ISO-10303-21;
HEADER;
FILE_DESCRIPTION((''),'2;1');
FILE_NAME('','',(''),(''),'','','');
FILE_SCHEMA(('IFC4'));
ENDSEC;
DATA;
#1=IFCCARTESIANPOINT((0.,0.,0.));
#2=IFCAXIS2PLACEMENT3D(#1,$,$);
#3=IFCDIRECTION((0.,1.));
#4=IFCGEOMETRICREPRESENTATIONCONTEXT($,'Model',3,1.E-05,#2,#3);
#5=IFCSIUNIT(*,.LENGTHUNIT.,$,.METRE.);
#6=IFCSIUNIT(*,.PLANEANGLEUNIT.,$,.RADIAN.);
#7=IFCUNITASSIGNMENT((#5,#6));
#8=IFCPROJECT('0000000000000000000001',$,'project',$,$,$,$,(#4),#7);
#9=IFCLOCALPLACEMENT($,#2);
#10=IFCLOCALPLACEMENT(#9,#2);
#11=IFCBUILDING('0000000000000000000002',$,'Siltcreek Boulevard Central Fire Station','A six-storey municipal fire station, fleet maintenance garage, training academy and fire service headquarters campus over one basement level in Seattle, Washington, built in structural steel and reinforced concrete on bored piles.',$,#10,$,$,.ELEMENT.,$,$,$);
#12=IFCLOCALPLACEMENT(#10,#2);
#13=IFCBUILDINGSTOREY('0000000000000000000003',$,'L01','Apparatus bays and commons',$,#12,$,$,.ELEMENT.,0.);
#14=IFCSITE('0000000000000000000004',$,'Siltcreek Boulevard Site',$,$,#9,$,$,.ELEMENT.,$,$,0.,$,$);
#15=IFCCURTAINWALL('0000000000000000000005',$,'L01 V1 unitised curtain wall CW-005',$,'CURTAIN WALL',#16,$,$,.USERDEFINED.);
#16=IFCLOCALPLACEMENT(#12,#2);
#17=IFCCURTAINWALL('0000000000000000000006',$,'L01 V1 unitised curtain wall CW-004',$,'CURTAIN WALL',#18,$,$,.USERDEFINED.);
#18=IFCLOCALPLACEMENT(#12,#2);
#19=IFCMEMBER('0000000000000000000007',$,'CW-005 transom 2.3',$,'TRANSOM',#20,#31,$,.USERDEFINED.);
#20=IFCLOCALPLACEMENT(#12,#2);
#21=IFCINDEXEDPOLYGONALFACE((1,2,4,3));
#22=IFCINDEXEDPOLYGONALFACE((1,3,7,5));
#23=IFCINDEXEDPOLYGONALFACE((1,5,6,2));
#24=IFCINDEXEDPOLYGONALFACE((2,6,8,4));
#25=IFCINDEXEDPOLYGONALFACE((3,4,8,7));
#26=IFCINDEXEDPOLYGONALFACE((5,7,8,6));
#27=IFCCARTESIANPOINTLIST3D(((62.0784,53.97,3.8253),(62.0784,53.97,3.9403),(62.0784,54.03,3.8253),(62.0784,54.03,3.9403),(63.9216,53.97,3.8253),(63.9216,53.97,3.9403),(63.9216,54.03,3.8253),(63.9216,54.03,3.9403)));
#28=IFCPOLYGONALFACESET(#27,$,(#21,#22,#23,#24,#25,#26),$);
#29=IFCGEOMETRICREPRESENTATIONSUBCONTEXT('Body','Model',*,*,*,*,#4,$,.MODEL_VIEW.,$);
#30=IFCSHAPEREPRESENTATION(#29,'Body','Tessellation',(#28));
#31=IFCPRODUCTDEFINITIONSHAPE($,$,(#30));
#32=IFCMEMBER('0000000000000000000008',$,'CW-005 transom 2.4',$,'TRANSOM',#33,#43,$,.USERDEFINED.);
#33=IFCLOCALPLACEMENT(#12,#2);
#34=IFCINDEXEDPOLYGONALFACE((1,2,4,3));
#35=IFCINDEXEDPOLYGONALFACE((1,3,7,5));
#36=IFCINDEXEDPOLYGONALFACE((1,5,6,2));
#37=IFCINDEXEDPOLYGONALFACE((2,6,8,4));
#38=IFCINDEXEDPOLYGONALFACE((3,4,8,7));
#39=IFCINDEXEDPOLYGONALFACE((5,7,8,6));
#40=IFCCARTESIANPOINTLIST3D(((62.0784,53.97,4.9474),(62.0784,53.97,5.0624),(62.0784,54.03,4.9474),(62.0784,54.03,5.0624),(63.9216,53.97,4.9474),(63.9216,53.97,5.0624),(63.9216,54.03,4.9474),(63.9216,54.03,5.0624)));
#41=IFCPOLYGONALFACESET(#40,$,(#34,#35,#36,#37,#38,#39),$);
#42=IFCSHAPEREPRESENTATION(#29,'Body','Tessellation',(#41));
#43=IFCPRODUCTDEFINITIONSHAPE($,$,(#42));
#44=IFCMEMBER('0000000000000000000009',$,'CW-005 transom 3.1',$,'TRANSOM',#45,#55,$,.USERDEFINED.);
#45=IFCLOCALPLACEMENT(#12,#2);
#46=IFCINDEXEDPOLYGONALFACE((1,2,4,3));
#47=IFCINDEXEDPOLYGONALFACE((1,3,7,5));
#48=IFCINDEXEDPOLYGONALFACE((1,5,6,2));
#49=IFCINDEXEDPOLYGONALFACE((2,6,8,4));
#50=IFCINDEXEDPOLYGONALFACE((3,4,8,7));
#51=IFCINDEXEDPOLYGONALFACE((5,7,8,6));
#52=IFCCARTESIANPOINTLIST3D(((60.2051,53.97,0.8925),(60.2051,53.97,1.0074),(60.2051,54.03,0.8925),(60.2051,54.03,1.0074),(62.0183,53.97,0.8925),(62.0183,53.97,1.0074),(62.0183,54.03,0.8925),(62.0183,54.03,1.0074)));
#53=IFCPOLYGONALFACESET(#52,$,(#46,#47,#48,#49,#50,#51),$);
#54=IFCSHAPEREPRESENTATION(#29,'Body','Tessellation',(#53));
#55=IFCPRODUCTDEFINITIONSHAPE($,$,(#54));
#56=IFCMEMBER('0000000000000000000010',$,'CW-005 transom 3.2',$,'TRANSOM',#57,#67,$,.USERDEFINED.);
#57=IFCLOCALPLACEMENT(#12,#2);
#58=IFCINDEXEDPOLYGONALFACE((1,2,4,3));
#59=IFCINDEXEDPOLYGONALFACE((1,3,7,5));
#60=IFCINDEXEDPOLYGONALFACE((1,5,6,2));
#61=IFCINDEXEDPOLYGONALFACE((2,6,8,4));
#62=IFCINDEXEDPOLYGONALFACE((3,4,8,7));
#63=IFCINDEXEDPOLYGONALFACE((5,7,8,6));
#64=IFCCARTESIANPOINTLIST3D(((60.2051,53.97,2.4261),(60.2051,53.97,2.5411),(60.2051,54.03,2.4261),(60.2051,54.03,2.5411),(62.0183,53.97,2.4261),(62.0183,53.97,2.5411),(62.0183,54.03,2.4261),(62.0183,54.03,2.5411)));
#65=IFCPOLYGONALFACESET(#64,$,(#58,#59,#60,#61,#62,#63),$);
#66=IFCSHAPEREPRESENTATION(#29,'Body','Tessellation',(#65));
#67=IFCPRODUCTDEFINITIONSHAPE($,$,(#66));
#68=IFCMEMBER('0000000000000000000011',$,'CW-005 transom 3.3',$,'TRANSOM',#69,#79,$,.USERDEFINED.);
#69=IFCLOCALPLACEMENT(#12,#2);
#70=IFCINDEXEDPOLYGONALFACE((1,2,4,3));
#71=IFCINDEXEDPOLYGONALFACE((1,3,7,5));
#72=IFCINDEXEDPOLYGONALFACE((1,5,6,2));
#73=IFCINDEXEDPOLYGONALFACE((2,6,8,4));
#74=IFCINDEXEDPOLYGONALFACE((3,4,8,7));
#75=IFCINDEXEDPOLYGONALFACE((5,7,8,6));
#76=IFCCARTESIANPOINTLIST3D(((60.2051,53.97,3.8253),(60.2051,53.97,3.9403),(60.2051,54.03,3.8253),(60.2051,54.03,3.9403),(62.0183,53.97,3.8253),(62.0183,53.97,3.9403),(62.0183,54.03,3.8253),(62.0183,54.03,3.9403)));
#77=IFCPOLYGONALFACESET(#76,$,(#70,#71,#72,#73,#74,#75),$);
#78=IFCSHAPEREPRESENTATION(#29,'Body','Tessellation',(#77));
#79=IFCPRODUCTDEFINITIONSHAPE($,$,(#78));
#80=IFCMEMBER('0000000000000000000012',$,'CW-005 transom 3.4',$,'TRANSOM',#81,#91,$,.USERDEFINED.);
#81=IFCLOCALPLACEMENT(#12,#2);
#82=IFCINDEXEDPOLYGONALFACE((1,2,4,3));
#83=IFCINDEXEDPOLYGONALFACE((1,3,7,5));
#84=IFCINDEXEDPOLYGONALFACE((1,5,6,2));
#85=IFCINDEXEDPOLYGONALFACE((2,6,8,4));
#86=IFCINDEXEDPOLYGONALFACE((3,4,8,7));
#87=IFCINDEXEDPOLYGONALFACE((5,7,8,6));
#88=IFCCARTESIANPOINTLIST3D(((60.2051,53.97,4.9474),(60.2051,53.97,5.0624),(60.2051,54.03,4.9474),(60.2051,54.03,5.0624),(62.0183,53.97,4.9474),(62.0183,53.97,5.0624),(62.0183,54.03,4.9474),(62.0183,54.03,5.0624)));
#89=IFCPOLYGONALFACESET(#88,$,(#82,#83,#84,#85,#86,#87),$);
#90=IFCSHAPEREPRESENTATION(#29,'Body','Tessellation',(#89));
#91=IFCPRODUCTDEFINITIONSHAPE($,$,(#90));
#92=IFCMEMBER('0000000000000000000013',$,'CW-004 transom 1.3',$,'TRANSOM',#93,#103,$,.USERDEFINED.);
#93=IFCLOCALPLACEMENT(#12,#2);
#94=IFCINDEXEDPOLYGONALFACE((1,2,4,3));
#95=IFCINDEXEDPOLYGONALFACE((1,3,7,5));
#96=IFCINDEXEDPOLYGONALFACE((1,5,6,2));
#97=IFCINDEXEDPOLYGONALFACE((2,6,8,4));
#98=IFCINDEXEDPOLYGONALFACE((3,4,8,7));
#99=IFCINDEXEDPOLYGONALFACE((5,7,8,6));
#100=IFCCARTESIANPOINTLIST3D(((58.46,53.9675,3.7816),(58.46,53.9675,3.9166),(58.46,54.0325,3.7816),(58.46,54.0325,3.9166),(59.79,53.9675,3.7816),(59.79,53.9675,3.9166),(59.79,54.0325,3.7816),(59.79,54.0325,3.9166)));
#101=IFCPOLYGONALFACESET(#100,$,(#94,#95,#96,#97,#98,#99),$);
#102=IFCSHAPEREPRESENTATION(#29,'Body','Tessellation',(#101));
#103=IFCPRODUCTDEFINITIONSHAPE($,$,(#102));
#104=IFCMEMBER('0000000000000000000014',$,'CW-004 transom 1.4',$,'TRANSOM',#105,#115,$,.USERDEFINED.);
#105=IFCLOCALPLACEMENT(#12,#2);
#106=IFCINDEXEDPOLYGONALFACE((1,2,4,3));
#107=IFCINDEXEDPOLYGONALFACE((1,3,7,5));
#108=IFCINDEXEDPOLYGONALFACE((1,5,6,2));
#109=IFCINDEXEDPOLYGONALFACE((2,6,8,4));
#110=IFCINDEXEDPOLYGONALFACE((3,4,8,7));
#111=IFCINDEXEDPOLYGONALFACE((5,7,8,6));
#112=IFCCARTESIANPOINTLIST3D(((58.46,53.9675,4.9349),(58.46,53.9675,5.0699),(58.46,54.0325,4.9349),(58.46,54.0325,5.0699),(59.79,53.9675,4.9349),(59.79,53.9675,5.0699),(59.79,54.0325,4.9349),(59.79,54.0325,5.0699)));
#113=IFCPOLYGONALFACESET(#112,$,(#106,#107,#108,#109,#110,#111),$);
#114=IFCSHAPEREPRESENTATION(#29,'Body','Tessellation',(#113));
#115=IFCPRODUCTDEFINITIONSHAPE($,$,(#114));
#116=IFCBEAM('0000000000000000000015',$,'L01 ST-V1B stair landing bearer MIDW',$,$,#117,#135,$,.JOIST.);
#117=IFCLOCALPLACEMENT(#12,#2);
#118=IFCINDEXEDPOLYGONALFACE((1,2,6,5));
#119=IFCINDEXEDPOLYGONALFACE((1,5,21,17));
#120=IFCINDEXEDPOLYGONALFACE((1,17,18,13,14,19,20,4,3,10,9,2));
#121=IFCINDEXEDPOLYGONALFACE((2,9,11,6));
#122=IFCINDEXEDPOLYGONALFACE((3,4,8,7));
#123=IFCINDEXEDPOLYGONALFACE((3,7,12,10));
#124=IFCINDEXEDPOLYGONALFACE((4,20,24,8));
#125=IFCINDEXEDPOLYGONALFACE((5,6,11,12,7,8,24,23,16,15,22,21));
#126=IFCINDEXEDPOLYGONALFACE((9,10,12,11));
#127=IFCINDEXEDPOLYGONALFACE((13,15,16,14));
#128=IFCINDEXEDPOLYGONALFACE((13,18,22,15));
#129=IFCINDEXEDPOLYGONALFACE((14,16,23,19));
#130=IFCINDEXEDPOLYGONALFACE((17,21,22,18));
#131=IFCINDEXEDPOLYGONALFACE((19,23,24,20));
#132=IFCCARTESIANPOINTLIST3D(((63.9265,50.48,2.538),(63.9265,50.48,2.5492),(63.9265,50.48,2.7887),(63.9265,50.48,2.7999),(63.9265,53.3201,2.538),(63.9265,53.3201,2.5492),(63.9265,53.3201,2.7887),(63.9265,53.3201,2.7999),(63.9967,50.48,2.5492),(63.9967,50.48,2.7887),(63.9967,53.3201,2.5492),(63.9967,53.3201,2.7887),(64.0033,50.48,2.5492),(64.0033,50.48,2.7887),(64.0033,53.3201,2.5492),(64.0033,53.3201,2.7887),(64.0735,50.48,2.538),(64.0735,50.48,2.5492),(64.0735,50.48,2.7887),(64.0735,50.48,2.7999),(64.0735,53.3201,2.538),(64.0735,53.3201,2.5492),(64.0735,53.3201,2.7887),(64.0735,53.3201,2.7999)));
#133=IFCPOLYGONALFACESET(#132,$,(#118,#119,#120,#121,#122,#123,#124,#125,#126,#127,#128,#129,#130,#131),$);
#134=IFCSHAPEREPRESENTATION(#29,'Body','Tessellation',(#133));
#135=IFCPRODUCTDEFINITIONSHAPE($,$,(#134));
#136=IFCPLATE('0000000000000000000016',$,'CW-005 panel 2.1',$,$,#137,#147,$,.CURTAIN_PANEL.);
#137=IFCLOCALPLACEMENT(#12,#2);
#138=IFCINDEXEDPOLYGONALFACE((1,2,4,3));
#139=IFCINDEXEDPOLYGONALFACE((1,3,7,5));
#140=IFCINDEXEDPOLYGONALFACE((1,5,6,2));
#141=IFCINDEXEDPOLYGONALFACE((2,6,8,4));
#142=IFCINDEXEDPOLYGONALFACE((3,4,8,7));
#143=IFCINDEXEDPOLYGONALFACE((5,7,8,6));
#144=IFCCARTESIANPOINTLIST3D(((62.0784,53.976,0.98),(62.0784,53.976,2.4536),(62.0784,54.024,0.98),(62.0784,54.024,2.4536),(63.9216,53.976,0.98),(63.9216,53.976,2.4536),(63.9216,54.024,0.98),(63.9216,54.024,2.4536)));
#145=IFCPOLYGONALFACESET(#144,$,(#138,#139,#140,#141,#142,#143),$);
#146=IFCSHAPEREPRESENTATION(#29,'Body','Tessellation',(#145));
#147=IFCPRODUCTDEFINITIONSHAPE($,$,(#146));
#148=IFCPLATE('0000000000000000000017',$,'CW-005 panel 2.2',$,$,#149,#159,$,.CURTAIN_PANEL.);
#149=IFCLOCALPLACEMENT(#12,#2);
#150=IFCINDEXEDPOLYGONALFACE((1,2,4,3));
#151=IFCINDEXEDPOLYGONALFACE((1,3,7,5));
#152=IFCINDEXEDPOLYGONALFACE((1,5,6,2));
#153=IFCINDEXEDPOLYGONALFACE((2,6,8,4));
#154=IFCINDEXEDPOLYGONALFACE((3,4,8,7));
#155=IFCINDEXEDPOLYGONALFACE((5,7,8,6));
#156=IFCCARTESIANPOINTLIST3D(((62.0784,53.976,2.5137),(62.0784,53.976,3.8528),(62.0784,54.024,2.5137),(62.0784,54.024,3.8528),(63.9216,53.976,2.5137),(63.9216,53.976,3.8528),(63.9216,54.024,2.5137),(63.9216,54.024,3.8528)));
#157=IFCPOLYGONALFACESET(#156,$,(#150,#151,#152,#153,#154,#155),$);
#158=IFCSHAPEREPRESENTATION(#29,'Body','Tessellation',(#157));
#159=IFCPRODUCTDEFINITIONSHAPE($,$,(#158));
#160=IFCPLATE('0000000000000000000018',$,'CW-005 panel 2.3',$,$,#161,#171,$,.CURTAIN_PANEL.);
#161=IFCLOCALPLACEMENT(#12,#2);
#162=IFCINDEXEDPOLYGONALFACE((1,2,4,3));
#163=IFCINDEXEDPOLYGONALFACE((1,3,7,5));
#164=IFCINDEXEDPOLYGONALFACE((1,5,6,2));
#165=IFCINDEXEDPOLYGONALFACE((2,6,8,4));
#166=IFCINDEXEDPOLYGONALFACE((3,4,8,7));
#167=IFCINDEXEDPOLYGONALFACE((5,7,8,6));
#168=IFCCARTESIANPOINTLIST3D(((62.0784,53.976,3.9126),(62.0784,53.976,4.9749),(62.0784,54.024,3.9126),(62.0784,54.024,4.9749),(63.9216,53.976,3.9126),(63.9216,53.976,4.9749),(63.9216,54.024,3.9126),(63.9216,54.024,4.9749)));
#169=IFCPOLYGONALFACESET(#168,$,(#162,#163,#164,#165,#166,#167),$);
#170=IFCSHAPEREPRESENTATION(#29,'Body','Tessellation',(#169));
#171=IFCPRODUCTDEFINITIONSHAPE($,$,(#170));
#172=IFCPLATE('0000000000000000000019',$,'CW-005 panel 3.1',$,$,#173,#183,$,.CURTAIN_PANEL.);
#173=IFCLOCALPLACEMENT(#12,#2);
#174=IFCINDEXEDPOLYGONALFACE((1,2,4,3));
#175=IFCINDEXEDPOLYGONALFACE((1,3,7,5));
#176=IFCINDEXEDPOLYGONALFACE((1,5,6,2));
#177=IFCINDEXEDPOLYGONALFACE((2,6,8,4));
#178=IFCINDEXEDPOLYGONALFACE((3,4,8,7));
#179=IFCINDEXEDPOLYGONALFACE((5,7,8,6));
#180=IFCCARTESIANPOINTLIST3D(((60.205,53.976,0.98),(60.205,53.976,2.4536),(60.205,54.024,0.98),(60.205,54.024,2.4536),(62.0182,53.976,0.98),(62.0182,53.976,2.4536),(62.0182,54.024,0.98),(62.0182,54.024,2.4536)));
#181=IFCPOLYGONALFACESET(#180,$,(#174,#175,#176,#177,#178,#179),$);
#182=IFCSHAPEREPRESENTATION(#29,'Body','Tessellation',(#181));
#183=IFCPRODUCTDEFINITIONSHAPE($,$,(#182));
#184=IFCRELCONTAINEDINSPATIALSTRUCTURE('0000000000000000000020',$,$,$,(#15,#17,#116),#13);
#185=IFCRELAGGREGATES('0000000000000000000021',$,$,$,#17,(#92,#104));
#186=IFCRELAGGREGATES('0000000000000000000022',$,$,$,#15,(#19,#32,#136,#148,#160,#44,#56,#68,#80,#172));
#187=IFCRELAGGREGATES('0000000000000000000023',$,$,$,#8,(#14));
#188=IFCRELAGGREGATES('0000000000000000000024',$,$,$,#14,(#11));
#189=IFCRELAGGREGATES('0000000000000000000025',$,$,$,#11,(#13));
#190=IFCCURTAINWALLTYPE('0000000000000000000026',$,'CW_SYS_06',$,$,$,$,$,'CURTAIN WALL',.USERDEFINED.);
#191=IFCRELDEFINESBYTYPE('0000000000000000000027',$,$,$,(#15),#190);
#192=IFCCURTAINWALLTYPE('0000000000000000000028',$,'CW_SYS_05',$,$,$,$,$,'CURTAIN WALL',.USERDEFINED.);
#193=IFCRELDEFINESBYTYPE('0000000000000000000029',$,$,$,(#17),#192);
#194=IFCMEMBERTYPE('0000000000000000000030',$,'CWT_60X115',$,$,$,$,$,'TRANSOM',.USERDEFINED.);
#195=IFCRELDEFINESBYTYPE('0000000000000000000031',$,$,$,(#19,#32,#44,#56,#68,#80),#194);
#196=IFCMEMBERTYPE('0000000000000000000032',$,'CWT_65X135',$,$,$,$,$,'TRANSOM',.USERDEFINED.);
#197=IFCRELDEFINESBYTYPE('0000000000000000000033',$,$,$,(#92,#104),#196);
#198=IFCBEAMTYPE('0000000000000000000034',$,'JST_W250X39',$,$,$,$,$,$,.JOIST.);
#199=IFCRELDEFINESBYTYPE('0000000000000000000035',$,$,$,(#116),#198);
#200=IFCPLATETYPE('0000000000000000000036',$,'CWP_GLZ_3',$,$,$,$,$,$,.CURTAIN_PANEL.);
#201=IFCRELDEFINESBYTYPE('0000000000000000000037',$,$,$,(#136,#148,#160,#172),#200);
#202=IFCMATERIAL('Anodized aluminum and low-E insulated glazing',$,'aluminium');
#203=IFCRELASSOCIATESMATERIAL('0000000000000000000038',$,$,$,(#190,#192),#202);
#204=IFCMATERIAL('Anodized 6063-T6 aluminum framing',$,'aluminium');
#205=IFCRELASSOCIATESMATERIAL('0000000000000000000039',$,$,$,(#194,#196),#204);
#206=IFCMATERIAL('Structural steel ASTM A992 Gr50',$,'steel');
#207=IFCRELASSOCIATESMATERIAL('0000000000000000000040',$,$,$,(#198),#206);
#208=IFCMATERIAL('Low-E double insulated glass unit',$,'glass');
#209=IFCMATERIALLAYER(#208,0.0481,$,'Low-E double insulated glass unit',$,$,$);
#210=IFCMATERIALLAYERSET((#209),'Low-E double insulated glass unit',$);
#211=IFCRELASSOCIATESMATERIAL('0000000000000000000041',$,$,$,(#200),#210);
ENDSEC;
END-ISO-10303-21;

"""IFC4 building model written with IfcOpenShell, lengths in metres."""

from ifc_helpers import new_model, si_unit, direction, frame, origin, origin_2d, place, context, subcontext, project, spatial, rectangle, i_section, extrude, material, layer, layer_set, material_profile, profile_set, type_object, element, aggregate, save


model = new_model("IFC4")

# Units and contexts
model_context = context("Model", 3, precision=1e-05, world=origin(), true_north=direction((0.0, 1.0)))
body_context = subcontext(model_context, "Body", "Model", "MODEL_VIEW")
ifc_project = project(units=[si_unit("LENGTHUNIT", "METRE"), si_unit("PLANEANGLEUNIT", "RADIAN")], contexts=[model_context])

# Site, building, storey
site_placement = place(None, origin())
site = spatial("IfcSite", under=ifc_project, at=site_placement, Name="Siltcreek Boulevard Site", CompositionType="ELEMENT", RefElevation=0.0)
building_placement = place(site_placement, origin())
building = spatial("IfcBuilding", under=site, at=building_placement, Name="Siltcreek Boulevard Central Fire Station", Description="A six-storey municipal fire station, fleet maintenance garage, training academy and fire service headquarters campus over one basement level in Seattle, Washington, built in structural steel and reinforced concrete on bored piles.", CompositionType="ELEMENT")
storey_placement = place(building_placement, origin())
storey = spatial("IfcBuildingStorey", under=building, at=storey_placement, Name="L01", Description="Apparatus bays and commons", CompositionType="ELEMENT", Elevation=0.0)

# Shared definitions
ifc_material_1 = material(Name="Structural steel ASTM A992 Gr50", Category="steel")

# Curtain wall
ifc_material_2 = material(Name="Anodized aluminum and low-E insulated glazing", Category="aluminium")
curtain_wall_type_1 = type_object("IfcCurtainWallType", Name="CW_SYS_06", ElementType="CURTAIN WALL", PredefinedType="USERDEFINED", material=ifc_material_2)
curtain_wall_1_placement = place(storey_placement, origin())
curtain_wall_1 = element("IfcCurtainWall", 1, at=curtain_wall_1_placement, inside=storey, type_object=curtain_wall_type_1, Name="L01 V1 unitised curtain wall CW-005", ObjectType="CURTAIN WALL", PredefinedType="USERDEFINED")
ifc_material_3 = material(Name="Anodized 6063-T6 aluminum framing", Category="aluminium")

# Curtain wall
curtain_wall_type_2 = type_object("IfcCurtainWallType", Name="CW_SYS_05", ElementType="CURTAIN WALL", PredefinedType="USERDEFINED", material=ifc_material_2)
curtain_wall_2_placement = place(storey_placement, origin())
curtain_wall_2 = element("IfcCurtainWall", 2, at=curtain_wall_2_placement, inside=storey, type_object=curtain_wall_type_2, Name="L01 V1 unitised curtain wall CW-004", ObjectType="CURTAIN WALL", PredefinedType="USERDEFINED")

# Members
ifc_material_profile_1 = material_profile(ifc_material_3, rectangle(XDim=0.0601, YDim=0.115, at=origin_2d()), Name="TRAN60X115")
ifc_profile_set_1 = profile_set([ifc_material_profile_1], Name="Anodized 6063-T6 aluminum framing")
member_type_1 = type_object("IfcMemberType", Name="CWT_60X115", ElementType="TRANSOM", PredefinedType="USERDEFINED", material=ifc_profile_set_1)
member_1_placement = place(storey_placement, frame((63.9216, 54.0, 3.8828), z_axis=(-1.0, 0.0, 0.0), x_axis=(0.0, -1.0, 0.0)))
member_1 = element("IfcMember", 3, at=member_1_placement, type_object=member_type_1, Name="CW-005 transom 2.3", ObjectType="TRANSOM", PredefinedType="USERDEFINED", context=body_context, shape_type="SweptSolid", body=[
    extrude(rectangle(XDim=0.0601, YDim=0.115, at=origin_2d()), origin(), (0.0, 0.0, 1.0), 1.8433),
])
member_2_placement = place(storey_placement, frame((63.9216, 54.0, 5.0049), z_axis=(-1.0, 0.0, 0.0), x_axis=(0.0, -1.0, 0.0)))
member_2 = element("IfcMember", 4, at=member_2_placement, type_object=member_type_1, Name="CW-005 transom 2.4", ObjectType="TRANSOM", PredefinedType="USERDEFINED", context=body_context, shape_type="SweptSolid", body=[
    extrude(rectangle(XDim=0.0601, YDim=0.115, at=origin_2d()), origin(), (0.0, 0.0, 1.0), 1.8433),
])
member_3_placement = place(storey_placement, frame((62.0183, 54.0, 0.95), z_axis=(-1.0, 0.0, 0.0), x_axis=(0.0, -1.0, 0.0)))
member_3 = element("IfcMember", 5, at=member_3_placement, type_object=member_type_1, Name="CW-005 transom 3.1", ObjectType="TRANSOM", PredefinedType="USERDEFINED", context=body_context, shape_type="SweptSolid", body=[
    extrude(rectangle(XDim=0.0601, YDim=0.115, at=origin_2d()), origin(), (0.0, 0.0, 1.0), 1.8132),
])
member_4_placement = place(storey_placement, frame((62.0183, 54.0, 2.4836), z_axis=(-1.0, 0.0, 0.0), x_axis=(0.0, -1.0, 0.0)))
member_4 = element("IfcMember", 6, at=member_4_placement, type_object=member_type_1, Name="CW-005 transom 3.2", ObjectType="TRANSOM", PredefinedType="USERDEFINED", context=body_context, shape_type="SweptSolid", body=[
    extrude(rectangle(XDim=0.0601, YDim=0.115, at=origin_2d()), origin(), (0.0, 0.0, 1.0), 1.8132),
])
member_5_placement = place(storey_placement, frame((62.0183, 54.0, 3.8828), z_axis=(-1.0, 0.0, 0.0), x_axis=(0.0, -1.0, 0.0)))
member_5 = element("IfcMember", 7, at=member_5_placement, type_object=member_type_1, Name="CW-005 transom 3.3", ObjectType="TRANSOM", PredefinedType="USERDEFINED", context=body_context, shape_type="SweptSolid", body=[
    extrude(rectangle(XDim=0.0601, YDim=0.115, at=origin_2d()), origin(), (0.0, 0.0, 1.0), 1.8132),
])
member_6_placement = place(storey_placement, frame((62.0183, 54.0, 5.0049), z_axis=(-1.0, 0.0, 0.0), x_axis=(0.0, -1.0, 0.0)))
member_6 = element("IfcMember", 8, at=member_6_placement, type_object=member_type_1, Name="CW-005 transom 3.4", ObjectType="TRANSOM", PredefinedType="USERDEFINED", context=body_context, shape_type="SweptSolid", body=[
    extrude(rectangle(XDim=0.0601, YDim=0.115, at=origin_2d()), origin(), (0.0, 0.0, 1.0), 1.8132),
])
ifc_material_profile_2 = material_profile(ifc_material_3, rectangle(XDim=0.0649, YDim=0.135, at=origin_2d()), Name="TRAN65X135")
ifc_profile_set_2 = profile_set([ifc_material_profile_2], Name="Anodized 6063-T6 aluminum framing")
member_type_2 = type_object("IfcMemberType", Name="CWT_65X135", ElementType="TRANSOM", PredefinedType="USERDEFINED", material=ifc_profile_set_2)
member_7_placement = place(storey_placement, frame((59.79, 54.0, 3.8491), z_axis=(-1.0, 0.0, 0.0), x_axis=(0.0, -1.0, 0.0)))
member_7 = element("IfcMember", 9, at=member_7_placement, type_object=member_type_2, Name="CW-004 transom 1.3", ObjectType="TRANSOM", PredefinedType="USERDEFINED", context=body_context, shape_type="SweptSolid", body=[
    extrude(rectangle(XDim=0.0649, YDim=0.135, at=origin_2d()), origin(), (0.0, 0.0, 1.0), 1.3301),
])
member_8_placement = place(storey_placement, frame((59.79, 54.0, 5.0024), z_axis=(-1.0, 0.0, 0.0), x_axis=(0.0, -1.0, 0.0)))
member_8 = element("IfcMember", 10, at=member_8_placement, type_object=member_type_2, Name="CW-004 transom 1.4", ObjectType="TRANSOM", PredefinedType="USERDEFINED", context=body_context, shape_type="SweptSolid", body=[
    extrude(rectangle(XDim=0.0649, YDim=0.135, at=origin_2d()), origin(), (0.0, 0.0, 1.0), 1.3301),
])
aggregate(curtain_wall_2, [member_7, member_8])

# Beam
ifc_material_profile_3 = material_profile(ifc_material_1, i_section(OverallWidth=0.147, OverallDepth=0.262, WebThickness=0.0066, FlangeThickness=0.0112, at=origin_2d()), Name="W250X39")
ifc_profile_set_3 = profile_set([ifc_material_profile_3], Name="Structural steel ASTM A992 Gr50")
beam_type = type_object("IfcBeamType", Name="JST_W250X39", PredefinedType="JOIST", material=ifc_profile_set_3)
beam_placement = place(storey_placement, frame((64.0, 50.48, 2.6689), z_axis=(0.0, 1.0, 0.0), x_axis=(-1.0, 0.0, 0.0)))
element("IfcBeam", 11, at=beam_placement, inside=storey, type_object=beam_type, Name="L01 ST-V1B stair landing bearer MIDW", PredefinedType="JOIST", context=body_context, shape_type="SweptSolid", body=[
    extrude(i_section(OverallWidth=0.147, OverallDepth=0.262, WebThickness=0.0066, FlangeThickness=0.0112, at=origin_2d()), origin(), (0.0, 0.0, 1.0), 2.8401),
])

# Plates
ifc_material_4 = material(Name="Low-E double insulated glass unit", Category="glass")
ifc_layer_1 = layer(ifc_material_4, 0.0481, Name="Low-E double insulated glass unit")
ifc_layer_set_1 = layer_set([ifc_layer_1], Name="Low-E double insulated glass unit")
plate_type = type_object("IfcPlateType", Name="CWP_GLZ_3", PredefinedType="CURTAIN_PANEL", material=ifc_layer_set_1)
plate_1_placement = place(storey_placement, frame((63.0, 54.0, 0.98), z_axis=(0.0, 0.0, 1.0), x_axis=(-1.0, 0.0, 0.0)))
plate_1 = element("IfcPlate", 12, at=plate_1_placement, type_object=plate_type, Name="CW-005 panel 2.1", PredefinedType="CURTAIN_PANEL", context=body_context, shape_type="SweptSolid", body=[
    extrude(rectangle(XDim=1.8433, YDim=0.0481, at=origin_2d()), origin(), (0.0, 0.0, 1.0), 1.4736),
])
plate_2_placement = place(storey_placement, frame((63.0, 54.0, 2.5137), z_axis=(0.0, 0.0, 1.0), x_axis=(-1.0, 0.0, 0.0)))
plate_2 = element("IfcPlate", 13, at=plate_2_placement, type_object=plate_type, Name="CW-005 panel 2.2", PredefinedType="CURTAIN_PANEL", context=body_context, shape_type="SweptSolid", body=[
    extrude(rectangle(XDim=1.8433, YDim=0.0481, at=origin_2d()), origin(), (0.0, 0.0, 1.0), 1.3391),
])
plate_3_placement = place(storey_placement, frame((63.0, 54.0, 3.9126), z_axis=(0.0, 0.0, 1.0), x_axis=(-1.0, 0.0, 0.0)))
plate_3 = element("IfcPlate", 14, at=plate_3_placement, type_object=plate_type, Name="CW-005 panel 2.3", PredefinedType="CURTAIN_PANEL", context=body_context, shape_type="SweptSolid", body=[
    extrude(rectangle(XDim=1.8433, YDim=0.0481, at=origin_2d()), origin(), (0.0, 0.0, 1.0), 1.0623),
])
plate_4_placement = place(storey_placement, frame((61.1116, 54.0, 0.98), z_axis=(0.0, 0.0, 1.0), x_axis=(-1.0, 0.0, 0.0)))
plate_4 = element("IfcPlate", 15, at=plate_4_placement, type_object=plate_type, Name="CW-005 panel 3.1", PredefinedType="CURTAIN_PANEL", context=body_context, shape_type="SweptSolid", body=[
    extrude(rectangle(XDim=1.8132, YDim=0.0481, at=origin_2d()), origin(), (0.0, 0.0, 1.0), 1.4736),
])
aggregate(curtain_wall_1, [member_1, member_2, plate_1, plate_2, plate_3, member_3, member_4, member_5, member_6, plate_4])

save(model, "model.ifc")
